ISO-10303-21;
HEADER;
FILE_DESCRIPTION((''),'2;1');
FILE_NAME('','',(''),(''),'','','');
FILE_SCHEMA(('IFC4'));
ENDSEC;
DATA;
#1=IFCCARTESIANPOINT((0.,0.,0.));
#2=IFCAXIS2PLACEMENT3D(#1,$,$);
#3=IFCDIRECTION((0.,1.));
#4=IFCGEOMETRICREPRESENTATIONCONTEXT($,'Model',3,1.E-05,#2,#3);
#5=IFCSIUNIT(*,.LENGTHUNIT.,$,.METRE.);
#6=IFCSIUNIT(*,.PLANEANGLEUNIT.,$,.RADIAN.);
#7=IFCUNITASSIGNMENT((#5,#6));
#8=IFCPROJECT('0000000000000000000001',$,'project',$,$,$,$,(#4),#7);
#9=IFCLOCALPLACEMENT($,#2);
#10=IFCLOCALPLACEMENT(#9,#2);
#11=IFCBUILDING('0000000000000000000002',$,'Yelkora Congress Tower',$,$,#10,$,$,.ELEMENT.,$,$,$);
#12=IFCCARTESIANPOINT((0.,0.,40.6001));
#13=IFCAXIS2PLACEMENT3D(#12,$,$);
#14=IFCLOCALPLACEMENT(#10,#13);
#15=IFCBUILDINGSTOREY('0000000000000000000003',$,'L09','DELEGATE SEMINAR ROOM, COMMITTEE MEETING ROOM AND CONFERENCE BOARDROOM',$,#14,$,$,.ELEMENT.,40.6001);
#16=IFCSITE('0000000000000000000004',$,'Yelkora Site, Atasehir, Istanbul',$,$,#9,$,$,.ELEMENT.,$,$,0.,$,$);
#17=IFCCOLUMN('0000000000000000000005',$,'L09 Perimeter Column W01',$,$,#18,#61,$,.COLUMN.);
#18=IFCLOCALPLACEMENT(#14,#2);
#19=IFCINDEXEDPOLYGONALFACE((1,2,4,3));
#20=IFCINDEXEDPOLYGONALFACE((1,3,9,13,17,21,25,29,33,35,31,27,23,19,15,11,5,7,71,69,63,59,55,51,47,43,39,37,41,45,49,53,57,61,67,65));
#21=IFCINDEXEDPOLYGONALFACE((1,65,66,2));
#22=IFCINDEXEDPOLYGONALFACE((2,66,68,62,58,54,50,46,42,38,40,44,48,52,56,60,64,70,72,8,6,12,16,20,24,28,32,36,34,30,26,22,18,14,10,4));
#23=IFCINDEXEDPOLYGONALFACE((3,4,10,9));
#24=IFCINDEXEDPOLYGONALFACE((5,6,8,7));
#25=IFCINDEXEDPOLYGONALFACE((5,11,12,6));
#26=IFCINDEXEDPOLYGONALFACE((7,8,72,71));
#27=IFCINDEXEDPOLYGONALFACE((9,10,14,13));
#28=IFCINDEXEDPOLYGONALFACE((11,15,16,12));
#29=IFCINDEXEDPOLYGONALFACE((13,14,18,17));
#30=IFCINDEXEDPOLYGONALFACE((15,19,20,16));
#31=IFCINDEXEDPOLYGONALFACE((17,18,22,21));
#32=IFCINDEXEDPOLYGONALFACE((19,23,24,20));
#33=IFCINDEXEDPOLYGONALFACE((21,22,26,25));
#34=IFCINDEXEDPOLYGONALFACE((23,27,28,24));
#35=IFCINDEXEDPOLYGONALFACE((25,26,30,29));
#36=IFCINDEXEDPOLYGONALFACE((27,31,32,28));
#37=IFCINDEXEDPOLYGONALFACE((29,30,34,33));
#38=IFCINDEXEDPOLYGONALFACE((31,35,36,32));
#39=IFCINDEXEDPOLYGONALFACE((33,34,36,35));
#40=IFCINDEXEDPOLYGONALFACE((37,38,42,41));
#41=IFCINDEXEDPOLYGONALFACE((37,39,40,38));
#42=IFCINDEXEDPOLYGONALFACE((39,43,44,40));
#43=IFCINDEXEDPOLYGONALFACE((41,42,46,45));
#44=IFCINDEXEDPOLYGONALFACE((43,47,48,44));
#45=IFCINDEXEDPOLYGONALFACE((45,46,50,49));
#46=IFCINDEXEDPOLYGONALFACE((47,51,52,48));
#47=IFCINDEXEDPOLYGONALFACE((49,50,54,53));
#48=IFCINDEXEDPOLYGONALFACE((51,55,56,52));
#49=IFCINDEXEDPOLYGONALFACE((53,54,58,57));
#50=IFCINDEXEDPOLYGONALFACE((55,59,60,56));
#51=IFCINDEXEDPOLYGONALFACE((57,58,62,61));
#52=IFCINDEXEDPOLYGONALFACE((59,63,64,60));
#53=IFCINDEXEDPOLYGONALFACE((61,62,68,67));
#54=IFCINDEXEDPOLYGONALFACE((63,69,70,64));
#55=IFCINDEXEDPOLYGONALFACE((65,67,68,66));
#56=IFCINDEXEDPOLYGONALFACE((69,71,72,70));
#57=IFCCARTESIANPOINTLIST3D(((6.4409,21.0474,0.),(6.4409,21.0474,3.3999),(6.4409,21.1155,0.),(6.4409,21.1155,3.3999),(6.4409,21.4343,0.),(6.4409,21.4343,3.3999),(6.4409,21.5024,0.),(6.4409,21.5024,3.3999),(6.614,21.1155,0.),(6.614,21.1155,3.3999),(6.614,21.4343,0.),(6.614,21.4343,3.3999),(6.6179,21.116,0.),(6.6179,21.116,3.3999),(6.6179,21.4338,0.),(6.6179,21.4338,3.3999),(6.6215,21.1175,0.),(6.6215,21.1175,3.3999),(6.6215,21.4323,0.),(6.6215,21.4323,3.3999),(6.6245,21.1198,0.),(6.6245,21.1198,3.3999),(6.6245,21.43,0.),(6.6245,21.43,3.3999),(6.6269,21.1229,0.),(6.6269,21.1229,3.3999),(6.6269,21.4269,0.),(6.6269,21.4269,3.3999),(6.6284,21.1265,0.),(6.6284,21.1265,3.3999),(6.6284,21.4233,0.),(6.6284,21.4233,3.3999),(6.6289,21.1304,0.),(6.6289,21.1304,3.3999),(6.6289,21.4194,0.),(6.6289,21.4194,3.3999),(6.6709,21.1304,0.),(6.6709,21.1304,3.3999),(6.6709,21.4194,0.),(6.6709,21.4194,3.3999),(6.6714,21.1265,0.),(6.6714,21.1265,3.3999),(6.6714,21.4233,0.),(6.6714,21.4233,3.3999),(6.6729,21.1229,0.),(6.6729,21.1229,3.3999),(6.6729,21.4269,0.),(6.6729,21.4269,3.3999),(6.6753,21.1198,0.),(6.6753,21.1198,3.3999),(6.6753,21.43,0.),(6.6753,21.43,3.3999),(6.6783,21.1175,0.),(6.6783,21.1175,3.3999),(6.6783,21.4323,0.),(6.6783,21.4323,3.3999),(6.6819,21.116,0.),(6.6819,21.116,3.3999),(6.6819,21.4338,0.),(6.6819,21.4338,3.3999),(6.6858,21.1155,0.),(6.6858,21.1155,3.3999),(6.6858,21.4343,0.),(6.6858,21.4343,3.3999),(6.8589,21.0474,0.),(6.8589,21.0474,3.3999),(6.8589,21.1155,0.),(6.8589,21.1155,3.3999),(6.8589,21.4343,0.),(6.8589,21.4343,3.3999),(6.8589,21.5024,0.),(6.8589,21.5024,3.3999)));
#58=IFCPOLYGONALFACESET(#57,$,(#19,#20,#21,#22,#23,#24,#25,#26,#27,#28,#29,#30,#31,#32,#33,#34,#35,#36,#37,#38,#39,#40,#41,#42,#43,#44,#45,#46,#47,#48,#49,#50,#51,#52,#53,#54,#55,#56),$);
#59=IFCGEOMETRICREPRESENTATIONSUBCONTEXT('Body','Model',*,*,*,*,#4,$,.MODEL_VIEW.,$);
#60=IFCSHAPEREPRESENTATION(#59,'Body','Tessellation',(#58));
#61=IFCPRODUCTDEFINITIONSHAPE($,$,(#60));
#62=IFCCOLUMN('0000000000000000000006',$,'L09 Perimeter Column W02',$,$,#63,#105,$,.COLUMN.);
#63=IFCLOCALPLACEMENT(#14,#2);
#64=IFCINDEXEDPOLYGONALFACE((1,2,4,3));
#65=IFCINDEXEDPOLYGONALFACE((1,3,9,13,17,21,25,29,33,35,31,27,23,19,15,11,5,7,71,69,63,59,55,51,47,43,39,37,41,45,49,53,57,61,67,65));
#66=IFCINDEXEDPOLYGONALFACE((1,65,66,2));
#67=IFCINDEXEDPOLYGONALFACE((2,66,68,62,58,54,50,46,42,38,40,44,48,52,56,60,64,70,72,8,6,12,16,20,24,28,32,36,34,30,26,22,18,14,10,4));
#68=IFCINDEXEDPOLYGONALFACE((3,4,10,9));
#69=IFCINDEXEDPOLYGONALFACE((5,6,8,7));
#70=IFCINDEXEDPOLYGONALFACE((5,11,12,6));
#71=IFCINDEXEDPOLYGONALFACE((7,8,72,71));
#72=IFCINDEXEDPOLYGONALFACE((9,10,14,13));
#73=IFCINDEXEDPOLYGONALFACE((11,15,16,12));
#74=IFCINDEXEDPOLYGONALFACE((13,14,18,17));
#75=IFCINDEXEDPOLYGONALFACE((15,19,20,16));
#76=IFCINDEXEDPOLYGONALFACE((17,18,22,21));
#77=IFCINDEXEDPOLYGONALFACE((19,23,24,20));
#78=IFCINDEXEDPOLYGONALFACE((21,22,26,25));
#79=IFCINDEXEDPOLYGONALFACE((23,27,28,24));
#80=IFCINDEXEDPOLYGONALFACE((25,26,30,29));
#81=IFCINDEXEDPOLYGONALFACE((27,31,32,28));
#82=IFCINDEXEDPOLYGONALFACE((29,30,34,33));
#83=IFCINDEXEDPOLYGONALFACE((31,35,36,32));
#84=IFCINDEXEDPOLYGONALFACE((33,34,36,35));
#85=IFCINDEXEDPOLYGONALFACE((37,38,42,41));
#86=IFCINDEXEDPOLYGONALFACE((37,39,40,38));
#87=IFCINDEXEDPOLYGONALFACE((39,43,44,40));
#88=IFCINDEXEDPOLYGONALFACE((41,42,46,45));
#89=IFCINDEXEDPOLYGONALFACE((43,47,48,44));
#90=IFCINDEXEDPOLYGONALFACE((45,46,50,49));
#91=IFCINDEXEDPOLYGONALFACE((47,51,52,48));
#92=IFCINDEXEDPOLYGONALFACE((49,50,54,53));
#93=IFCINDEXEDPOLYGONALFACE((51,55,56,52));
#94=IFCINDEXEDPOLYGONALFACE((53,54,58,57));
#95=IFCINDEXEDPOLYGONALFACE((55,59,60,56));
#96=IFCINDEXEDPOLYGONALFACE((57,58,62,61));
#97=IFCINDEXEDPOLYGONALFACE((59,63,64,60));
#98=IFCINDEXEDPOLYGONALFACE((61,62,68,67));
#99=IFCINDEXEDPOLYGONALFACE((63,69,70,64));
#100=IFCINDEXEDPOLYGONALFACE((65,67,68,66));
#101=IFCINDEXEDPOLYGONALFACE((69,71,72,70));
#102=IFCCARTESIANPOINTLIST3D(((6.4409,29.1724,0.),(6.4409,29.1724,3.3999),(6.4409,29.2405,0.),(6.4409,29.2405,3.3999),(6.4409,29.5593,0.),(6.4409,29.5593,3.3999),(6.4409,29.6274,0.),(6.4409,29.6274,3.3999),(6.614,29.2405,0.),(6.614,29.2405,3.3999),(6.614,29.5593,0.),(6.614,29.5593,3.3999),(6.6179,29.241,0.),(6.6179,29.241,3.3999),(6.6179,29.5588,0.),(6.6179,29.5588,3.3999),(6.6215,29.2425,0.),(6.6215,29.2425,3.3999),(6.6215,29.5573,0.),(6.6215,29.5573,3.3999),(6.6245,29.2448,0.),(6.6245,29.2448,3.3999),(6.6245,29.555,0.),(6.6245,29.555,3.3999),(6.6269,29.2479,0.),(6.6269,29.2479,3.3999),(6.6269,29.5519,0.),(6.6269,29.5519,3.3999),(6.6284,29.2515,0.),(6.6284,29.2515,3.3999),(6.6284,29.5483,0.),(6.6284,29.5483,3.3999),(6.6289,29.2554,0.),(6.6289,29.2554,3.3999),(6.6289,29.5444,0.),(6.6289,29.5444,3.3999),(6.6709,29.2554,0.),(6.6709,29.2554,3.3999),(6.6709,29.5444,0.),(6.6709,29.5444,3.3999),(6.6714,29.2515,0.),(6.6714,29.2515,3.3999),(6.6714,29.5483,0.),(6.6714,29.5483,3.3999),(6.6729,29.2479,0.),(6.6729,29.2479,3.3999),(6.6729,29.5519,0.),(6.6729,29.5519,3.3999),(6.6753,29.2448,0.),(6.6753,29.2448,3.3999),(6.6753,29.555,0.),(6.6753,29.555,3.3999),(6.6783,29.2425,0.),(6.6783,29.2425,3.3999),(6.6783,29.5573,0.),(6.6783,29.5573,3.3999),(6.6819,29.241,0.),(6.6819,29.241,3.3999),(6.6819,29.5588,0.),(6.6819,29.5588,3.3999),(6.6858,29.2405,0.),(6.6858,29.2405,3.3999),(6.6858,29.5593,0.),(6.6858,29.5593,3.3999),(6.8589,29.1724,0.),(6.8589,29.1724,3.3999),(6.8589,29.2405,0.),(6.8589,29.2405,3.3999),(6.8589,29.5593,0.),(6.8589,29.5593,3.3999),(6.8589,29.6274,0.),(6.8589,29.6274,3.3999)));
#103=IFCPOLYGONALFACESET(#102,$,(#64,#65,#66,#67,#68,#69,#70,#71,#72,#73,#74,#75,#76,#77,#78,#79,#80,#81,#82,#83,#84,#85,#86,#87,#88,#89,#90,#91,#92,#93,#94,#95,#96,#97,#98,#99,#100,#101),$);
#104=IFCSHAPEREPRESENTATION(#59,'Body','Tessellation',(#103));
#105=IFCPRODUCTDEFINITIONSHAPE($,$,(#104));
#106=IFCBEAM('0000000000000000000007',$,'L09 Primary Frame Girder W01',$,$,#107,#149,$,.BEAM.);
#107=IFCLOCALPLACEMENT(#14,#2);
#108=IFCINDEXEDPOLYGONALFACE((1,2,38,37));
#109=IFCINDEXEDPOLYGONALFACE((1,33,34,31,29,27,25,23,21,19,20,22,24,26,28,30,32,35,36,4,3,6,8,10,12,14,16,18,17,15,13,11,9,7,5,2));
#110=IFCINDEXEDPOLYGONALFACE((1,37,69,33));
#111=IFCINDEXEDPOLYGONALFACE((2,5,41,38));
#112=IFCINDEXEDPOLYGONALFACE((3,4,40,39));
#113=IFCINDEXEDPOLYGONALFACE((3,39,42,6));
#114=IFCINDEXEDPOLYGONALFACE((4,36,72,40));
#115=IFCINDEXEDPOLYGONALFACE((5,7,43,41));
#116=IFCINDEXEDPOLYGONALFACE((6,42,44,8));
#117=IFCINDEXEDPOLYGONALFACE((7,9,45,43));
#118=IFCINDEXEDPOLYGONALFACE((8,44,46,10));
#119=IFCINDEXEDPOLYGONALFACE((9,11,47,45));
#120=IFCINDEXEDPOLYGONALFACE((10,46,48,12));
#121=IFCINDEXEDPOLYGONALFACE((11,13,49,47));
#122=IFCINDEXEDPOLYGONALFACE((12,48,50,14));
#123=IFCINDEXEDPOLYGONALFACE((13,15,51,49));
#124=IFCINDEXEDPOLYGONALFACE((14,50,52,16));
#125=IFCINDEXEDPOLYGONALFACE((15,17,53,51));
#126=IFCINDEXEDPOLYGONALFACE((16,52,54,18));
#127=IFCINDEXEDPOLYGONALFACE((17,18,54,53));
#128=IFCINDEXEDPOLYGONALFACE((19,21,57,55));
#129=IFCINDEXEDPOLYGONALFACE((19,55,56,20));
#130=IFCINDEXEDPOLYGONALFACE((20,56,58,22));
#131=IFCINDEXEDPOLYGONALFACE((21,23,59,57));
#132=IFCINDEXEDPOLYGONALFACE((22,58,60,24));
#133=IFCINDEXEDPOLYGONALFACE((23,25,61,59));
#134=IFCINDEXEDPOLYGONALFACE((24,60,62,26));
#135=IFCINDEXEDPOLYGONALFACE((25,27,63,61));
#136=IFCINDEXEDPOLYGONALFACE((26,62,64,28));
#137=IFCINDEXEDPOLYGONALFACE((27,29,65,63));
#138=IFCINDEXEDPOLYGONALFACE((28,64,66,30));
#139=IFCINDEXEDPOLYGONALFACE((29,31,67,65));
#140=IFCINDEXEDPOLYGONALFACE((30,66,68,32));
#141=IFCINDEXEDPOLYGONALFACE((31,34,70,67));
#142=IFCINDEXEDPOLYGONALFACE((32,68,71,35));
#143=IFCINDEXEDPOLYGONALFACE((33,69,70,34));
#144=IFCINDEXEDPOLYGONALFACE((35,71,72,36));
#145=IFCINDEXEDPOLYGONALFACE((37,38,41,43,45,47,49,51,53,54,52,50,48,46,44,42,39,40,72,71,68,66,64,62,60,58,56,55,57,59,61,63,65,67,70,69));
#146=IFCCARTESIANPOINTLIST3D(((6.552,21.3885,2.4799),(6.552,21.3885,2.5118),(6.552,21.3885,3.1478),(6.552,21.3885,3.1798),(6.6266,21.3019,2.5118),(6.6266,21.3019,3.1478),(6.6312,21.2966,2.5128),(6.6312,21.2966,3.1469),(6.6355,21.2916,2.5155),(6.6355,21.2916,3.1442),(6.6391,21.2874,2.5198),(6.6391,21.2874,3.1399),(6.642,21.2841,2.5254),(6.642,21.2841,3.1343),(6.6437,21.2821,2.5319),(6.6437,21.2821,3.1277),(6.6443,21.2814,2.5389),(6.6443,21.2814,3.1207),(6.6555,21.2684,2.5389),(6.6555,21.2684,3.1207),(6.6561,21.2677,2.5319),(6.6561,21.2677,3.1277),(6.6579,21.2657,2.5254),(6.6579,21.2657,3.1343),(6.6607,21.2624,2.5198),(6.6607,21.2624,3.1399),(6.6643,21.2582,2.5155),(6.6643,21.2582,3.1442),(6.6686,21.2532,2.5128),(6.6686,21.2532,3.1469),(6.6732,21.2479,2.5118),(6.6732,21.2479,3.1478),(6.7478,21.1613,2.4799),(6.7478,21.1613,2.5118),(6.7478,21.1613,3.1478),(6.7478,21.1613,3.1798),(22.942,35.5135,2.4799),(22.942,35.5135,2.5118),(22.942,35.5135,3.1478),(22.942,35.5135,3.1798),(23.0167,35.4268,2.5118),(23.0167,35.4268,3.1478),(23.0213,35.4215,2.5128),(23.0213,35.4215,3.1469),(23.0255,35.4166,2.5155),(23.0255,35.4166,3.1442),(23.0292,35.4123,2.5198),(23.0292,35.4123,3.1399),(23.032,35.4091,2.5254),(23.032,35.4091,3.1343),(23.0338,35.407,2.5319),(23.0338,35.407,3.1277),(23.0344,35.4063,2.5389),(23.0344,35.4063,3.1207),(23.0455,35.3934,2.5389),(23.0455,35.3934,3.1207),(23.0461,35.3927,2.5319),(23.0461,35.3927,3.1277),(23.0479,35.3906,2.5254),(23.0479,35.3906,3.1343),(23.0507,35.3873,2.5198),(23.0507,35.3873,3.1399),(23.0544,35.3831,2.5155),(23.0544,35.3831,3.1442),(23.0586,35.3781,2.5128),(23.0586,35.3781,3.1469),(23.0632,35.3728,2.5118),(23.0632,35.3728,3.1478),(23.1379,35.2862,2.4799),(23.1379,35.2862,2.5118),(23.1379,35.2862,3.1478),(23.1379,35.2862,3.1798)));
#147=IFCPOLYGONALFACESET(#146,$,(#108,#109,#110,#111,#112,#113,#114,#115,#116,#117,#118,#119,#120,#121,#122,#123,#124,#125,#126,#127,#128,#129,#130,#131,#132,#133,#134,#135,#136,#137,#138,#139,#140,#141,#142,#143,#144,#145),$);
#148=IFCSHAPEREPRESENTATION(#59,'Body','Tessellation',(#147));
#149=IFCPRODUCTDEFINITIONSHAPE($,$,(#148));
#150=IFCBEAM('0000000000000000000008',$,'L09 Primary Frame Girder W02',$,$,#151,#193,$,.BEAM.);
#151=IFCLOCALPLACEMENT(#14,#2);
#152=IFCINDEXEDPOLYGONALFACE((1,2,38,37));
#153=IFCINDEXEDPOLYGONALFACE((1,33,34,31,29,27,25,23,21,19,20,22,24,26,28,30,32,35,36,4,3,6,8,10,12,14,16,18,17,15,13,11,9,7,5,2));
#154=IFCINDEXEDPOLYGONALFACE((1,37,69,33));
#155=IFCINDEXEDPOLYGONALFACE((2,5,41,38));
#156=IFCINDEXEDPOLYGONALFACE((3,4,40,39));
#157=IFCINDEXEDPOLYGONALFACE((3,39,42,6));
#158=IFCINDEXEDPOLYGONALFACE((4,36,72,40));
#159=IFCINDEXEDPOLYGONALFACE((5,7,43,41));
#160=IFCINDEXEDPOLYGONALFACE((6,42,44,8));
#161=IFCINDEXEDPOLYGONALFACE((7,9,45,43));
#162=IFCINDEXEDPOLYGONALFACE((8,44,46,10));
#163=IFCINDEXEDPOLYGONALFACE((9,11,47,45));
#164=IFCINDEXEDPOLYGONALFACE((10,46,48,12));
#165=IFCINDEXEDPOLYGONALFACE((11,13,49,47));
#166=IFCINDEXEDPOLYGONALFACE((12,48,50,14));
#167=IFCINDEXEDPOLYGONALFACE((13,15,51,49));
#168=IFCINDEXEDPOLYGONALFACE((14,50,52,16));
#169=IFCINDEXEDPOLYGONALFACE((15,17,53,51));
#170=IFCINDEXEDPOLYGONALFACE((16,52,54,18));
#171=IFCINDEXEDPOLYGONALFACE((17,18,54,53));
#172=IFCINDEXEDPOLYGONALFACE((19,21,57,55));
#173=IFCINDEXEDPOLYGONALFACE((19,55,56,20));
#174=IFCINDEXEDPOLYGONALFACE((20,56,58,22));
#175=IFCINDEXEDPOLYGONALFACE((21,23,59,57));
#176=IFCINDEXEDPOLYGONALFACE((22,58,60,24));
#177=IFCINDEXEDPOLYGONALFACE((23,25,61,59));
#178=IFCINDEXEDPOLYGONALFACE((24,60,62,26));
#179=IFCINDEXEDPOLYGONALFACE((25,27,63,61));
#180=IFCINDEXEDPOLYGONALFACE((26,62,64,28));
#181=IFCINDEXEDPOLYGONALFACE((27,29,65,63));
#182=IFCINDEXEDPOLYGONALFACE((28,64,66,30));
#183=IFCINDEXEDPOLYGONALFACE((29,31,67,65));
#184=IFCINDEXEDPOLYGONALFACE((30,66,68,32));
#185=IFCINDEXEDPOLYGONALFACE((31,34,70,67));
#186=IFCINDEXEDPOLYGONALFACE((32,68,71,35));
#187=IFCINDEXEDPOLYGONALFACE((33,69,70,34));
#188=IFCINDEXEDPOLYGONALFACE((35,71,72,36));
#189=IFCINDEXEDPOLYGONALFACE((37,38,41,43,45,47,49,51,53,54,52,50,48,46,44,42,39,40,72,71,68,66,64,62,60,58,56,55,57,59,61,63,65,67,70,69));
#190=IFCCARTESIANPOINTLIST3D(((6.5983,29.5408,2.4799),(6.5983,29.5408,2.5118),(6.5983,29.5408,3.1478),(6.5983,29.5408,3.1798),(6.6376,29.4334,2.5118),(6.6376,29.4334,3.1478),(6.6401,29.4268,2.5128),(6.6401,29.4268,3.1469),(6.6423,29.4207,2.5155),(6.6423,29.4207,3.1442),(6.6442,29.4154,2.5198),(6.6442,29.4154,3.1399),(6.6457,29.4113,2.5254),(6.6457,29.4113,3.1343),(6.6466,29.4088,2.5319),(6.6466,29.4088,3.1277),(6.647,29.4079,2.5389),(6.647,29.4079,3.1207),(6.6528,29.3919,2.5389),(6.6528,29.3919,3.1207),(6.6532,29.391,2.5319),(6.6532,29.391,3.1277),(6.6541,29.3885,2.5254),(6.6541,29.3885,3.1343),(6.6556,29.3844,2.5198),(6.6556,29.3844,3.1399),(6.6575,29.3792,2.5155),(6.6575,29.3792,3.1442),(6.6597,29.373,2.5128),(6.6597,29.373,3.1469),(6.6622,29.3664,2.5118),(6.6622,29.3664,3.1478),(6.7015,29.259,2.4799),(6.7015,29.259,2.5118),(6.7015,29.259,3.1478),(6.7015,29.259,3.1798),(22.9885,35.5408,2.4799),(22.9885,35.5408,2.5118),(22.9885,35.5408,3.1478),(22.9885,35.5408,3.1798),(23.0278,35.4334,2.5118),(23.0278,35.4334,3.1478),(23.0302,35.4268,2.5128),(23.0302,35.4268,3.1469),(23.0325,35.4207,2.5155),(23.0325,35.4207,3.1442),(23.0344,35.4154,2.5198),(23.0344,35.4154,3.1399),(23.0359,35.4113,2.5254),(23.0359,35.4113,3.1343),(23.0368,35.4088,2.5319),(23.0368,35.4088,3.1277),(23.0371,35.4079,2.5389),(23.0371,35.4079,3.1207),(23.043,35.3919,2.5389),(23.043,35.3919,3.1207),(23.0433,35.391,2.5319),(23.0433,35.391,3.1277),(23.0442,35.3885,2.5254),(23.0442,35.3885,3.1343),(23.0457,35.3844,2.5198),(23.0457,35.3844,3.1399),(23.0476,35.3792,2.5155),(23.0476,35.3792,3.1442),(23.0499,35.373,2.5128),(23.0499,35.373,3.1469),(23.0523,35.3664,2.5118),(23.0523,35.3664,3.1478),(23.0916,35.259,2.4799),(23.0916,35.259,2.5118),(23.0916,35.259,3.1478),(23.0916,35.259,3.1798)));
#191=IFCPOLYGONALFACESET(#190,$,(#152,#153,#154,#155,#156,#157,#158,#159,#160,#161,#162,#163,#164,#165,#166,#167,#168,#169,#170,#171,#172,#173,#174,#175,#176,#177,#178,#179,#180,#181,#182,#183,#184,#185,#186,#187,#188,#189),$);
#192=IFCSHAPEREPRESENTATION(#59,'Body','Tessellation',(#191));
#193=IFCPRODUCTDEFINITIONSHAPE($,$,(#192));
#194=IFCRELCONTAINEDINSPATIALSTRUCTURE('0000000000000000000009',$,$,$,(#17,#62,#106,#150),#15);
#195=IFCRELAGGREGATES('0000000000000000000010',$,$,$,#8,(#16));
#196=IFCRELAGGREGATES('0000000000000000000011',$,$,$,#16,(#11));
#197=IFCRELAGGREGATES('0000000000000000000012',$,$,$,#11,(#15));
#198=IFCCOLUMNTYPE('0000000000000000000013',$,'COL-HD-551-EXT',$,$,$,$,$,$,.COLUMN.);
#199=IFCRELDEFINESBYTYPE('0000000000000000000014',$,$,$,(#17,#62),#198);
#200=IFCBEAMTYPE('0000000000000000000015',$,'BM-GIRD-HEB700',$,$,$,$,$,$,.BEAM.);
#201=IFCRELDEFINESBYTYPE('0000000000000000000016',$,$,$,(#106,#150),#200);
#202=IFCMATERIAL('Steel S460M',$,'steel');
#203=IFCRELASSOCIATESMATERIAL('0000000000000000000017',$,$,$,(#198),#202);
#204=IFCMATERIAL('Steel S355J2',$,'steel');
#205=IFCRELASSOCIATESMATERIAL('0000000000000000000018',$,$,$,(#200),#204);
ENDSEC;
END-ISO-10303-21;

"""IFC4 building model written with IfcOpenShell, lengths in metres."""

from ifc_helpers import new_model, si_unit, direction, frame, origin, origin_2d, place, context, subcontext, project, spatial, i_section, extrude, material, material_profile, profile_set, type_object, element, save


model = new_model("IFC4")

# Units and contexts
model_context = context("Model", 3, precision=1e-05, world=origin(), true_north=direction((0.0, 1.0)))
body_context = subcontext(model_context, "Body", "Model", "MODEL_VIEW")
ifc_project = project(units=[si_unit("LENGTHUNIT", "METRE"), si_unit("PLANEANGLEUNIT", "RADIAN")], contexts=[model_context])

# Site, building, storey
site_placement = place(None, origin())
site = spatial("IfcSite", under=ifc_project, at=site_placement, Name="Yelkora Site, Atasehir, Istanbul", CompositionType="ELEMENT", RefElevation=0.0)
building_placement = place(site_placement, origin())
building = spatial("IfcBuilding", under=site, at=building_placement, Name="Yelkora Congress Tower", CompositionType="ELEMENT")
storey_placement = place(building_placement, frame((0.0, 0.0, 40.6001)))
storey = spatial("IfcBuildingStorey", under=building, at=storey_placement, Name="L09", Description="DELEGATE SEMINAR ROOM, COMMITTEE MEETING ROOM AND CONFERENCE BOARDROOM", CompositionType="ELEMENT", Elevation=40.6001)

# Columns
ifc_material_1 = material(Name="Steel S460M", Category="steel")
ifc_material_profile_1 = material_profile(ifc_material_1, i_section(OverallWidth=0.418, OverallDepth=0.4551, WebThickness=0.042, FlangeThickness=0.0681, FilletRadius=0.0149, at=origin_2d()), Name="HD 400x551")
ifc_profile_set_1 = profile_set([ifc_material_profile_1], Name="Steel S460M")
column_type = type_object("IfcColumnType", Name="COL-HD-551-EXT", PredefinedType="COLUMN", material=ifc_profile_set_1)
for number, where, z_axis, x_axis, name in (
    (1, (6.6499, 21.2749, 0.0), (0.0, 0.0, 1.0), (1.0, 0.0, 0.0), "L09 Perimeter Column W01"),
    (2, (6.6499, 29.3999, 0.0), (0.0, 0.0, 1.0), (1.0, 0.0, 0.0), "L09 Perimeter Column W02"),
):
    element("IfcColumn", number, at=place(storey_placement, frame(where, z_axis=z_axis, x_axis=x_axis)), inside=storey, type_object=column_type, Name=name, PredefinedType="COLUMN", context=body_context, shape_type="SweptSolid", body=[
        extrude(i_section(OverallWidth=0.418, OverallDepth=0.4551, WebThickness=0.042, FlangeThickness=0.0681, FilletRadius=0.0149, at=origin_2d()), origin(), (0.0, 0.0, 1.0), 3.3999),
    ])

# Beams
ifc_material_2 = material(Name="Steel S355J2", Category="steel")
ifc_material_profile_2 = material_profile(ifc_material_2, i_section(OverallWidth=0.3, OverallDepth=0.7, WebThickness=0.0171, FlangeThickness=0.032, FilletRadius=0.0271, at=origin_2d()), Name="HEB 700")
ifc_profile_set_2 = profile_set([ifc_material_profile_2], Name="Steel S355J2")
beam_type_1 = type_object("IfcBeamType", Name="BM-GIRD-HEB700", PredefinedType="BEAM", material=ifc_profile_set_2)
beam_1_placement = place(storey_placement, frame((6.6499, 21.2749, 2.8298), z_axis=(0.757511, 0.652822, 0.0), x_axis=(-0.652822, 0.757511, 0.0)))
element("IfcBeam", 3, at=beam_1_placement, inside=storey, type_object=beam_type_1, Name="L09 Primary Frame Girder W01", PredefinedType="BEAM", context=body_context, shape_type="SweptSolid", body=[
    extrude(i_section(OverallWidth=0.3, OverallDepth=0.7, WebThickness=0.0171, FlangeThickness=0.032, FilletRadius=0.0271, at=origin_2d()), origin(), (0.0, 0.0, 1.0), 21.6367),
])
beam_2_placement = place(storey_placement, frame((6.6499, 29.3999, 2.8298), z_axis=(0.939056, 0.343764, 0.0), x_axis=(-0.343764, 0.939056, 0.0)))
element("IfcBeam", 4, at=beam_2_placement, inside=storey, type_object=beam_type_1, Name="L09 Primary Frame Girder W02", PredefinedType="BEAM", context=body_context, shape_type="SweptSolid", body=[
    extrude(i_section(OverallWidth=0.3, OverallDepth=0.7, WebThickness=0.0171, FlangeThickness=0.032, FilletRadius=0.0271, at=origin_2d()), origin(), (0.0, 0.0, 1.0), 17.4539),
])

save(model, "model.ifc")
